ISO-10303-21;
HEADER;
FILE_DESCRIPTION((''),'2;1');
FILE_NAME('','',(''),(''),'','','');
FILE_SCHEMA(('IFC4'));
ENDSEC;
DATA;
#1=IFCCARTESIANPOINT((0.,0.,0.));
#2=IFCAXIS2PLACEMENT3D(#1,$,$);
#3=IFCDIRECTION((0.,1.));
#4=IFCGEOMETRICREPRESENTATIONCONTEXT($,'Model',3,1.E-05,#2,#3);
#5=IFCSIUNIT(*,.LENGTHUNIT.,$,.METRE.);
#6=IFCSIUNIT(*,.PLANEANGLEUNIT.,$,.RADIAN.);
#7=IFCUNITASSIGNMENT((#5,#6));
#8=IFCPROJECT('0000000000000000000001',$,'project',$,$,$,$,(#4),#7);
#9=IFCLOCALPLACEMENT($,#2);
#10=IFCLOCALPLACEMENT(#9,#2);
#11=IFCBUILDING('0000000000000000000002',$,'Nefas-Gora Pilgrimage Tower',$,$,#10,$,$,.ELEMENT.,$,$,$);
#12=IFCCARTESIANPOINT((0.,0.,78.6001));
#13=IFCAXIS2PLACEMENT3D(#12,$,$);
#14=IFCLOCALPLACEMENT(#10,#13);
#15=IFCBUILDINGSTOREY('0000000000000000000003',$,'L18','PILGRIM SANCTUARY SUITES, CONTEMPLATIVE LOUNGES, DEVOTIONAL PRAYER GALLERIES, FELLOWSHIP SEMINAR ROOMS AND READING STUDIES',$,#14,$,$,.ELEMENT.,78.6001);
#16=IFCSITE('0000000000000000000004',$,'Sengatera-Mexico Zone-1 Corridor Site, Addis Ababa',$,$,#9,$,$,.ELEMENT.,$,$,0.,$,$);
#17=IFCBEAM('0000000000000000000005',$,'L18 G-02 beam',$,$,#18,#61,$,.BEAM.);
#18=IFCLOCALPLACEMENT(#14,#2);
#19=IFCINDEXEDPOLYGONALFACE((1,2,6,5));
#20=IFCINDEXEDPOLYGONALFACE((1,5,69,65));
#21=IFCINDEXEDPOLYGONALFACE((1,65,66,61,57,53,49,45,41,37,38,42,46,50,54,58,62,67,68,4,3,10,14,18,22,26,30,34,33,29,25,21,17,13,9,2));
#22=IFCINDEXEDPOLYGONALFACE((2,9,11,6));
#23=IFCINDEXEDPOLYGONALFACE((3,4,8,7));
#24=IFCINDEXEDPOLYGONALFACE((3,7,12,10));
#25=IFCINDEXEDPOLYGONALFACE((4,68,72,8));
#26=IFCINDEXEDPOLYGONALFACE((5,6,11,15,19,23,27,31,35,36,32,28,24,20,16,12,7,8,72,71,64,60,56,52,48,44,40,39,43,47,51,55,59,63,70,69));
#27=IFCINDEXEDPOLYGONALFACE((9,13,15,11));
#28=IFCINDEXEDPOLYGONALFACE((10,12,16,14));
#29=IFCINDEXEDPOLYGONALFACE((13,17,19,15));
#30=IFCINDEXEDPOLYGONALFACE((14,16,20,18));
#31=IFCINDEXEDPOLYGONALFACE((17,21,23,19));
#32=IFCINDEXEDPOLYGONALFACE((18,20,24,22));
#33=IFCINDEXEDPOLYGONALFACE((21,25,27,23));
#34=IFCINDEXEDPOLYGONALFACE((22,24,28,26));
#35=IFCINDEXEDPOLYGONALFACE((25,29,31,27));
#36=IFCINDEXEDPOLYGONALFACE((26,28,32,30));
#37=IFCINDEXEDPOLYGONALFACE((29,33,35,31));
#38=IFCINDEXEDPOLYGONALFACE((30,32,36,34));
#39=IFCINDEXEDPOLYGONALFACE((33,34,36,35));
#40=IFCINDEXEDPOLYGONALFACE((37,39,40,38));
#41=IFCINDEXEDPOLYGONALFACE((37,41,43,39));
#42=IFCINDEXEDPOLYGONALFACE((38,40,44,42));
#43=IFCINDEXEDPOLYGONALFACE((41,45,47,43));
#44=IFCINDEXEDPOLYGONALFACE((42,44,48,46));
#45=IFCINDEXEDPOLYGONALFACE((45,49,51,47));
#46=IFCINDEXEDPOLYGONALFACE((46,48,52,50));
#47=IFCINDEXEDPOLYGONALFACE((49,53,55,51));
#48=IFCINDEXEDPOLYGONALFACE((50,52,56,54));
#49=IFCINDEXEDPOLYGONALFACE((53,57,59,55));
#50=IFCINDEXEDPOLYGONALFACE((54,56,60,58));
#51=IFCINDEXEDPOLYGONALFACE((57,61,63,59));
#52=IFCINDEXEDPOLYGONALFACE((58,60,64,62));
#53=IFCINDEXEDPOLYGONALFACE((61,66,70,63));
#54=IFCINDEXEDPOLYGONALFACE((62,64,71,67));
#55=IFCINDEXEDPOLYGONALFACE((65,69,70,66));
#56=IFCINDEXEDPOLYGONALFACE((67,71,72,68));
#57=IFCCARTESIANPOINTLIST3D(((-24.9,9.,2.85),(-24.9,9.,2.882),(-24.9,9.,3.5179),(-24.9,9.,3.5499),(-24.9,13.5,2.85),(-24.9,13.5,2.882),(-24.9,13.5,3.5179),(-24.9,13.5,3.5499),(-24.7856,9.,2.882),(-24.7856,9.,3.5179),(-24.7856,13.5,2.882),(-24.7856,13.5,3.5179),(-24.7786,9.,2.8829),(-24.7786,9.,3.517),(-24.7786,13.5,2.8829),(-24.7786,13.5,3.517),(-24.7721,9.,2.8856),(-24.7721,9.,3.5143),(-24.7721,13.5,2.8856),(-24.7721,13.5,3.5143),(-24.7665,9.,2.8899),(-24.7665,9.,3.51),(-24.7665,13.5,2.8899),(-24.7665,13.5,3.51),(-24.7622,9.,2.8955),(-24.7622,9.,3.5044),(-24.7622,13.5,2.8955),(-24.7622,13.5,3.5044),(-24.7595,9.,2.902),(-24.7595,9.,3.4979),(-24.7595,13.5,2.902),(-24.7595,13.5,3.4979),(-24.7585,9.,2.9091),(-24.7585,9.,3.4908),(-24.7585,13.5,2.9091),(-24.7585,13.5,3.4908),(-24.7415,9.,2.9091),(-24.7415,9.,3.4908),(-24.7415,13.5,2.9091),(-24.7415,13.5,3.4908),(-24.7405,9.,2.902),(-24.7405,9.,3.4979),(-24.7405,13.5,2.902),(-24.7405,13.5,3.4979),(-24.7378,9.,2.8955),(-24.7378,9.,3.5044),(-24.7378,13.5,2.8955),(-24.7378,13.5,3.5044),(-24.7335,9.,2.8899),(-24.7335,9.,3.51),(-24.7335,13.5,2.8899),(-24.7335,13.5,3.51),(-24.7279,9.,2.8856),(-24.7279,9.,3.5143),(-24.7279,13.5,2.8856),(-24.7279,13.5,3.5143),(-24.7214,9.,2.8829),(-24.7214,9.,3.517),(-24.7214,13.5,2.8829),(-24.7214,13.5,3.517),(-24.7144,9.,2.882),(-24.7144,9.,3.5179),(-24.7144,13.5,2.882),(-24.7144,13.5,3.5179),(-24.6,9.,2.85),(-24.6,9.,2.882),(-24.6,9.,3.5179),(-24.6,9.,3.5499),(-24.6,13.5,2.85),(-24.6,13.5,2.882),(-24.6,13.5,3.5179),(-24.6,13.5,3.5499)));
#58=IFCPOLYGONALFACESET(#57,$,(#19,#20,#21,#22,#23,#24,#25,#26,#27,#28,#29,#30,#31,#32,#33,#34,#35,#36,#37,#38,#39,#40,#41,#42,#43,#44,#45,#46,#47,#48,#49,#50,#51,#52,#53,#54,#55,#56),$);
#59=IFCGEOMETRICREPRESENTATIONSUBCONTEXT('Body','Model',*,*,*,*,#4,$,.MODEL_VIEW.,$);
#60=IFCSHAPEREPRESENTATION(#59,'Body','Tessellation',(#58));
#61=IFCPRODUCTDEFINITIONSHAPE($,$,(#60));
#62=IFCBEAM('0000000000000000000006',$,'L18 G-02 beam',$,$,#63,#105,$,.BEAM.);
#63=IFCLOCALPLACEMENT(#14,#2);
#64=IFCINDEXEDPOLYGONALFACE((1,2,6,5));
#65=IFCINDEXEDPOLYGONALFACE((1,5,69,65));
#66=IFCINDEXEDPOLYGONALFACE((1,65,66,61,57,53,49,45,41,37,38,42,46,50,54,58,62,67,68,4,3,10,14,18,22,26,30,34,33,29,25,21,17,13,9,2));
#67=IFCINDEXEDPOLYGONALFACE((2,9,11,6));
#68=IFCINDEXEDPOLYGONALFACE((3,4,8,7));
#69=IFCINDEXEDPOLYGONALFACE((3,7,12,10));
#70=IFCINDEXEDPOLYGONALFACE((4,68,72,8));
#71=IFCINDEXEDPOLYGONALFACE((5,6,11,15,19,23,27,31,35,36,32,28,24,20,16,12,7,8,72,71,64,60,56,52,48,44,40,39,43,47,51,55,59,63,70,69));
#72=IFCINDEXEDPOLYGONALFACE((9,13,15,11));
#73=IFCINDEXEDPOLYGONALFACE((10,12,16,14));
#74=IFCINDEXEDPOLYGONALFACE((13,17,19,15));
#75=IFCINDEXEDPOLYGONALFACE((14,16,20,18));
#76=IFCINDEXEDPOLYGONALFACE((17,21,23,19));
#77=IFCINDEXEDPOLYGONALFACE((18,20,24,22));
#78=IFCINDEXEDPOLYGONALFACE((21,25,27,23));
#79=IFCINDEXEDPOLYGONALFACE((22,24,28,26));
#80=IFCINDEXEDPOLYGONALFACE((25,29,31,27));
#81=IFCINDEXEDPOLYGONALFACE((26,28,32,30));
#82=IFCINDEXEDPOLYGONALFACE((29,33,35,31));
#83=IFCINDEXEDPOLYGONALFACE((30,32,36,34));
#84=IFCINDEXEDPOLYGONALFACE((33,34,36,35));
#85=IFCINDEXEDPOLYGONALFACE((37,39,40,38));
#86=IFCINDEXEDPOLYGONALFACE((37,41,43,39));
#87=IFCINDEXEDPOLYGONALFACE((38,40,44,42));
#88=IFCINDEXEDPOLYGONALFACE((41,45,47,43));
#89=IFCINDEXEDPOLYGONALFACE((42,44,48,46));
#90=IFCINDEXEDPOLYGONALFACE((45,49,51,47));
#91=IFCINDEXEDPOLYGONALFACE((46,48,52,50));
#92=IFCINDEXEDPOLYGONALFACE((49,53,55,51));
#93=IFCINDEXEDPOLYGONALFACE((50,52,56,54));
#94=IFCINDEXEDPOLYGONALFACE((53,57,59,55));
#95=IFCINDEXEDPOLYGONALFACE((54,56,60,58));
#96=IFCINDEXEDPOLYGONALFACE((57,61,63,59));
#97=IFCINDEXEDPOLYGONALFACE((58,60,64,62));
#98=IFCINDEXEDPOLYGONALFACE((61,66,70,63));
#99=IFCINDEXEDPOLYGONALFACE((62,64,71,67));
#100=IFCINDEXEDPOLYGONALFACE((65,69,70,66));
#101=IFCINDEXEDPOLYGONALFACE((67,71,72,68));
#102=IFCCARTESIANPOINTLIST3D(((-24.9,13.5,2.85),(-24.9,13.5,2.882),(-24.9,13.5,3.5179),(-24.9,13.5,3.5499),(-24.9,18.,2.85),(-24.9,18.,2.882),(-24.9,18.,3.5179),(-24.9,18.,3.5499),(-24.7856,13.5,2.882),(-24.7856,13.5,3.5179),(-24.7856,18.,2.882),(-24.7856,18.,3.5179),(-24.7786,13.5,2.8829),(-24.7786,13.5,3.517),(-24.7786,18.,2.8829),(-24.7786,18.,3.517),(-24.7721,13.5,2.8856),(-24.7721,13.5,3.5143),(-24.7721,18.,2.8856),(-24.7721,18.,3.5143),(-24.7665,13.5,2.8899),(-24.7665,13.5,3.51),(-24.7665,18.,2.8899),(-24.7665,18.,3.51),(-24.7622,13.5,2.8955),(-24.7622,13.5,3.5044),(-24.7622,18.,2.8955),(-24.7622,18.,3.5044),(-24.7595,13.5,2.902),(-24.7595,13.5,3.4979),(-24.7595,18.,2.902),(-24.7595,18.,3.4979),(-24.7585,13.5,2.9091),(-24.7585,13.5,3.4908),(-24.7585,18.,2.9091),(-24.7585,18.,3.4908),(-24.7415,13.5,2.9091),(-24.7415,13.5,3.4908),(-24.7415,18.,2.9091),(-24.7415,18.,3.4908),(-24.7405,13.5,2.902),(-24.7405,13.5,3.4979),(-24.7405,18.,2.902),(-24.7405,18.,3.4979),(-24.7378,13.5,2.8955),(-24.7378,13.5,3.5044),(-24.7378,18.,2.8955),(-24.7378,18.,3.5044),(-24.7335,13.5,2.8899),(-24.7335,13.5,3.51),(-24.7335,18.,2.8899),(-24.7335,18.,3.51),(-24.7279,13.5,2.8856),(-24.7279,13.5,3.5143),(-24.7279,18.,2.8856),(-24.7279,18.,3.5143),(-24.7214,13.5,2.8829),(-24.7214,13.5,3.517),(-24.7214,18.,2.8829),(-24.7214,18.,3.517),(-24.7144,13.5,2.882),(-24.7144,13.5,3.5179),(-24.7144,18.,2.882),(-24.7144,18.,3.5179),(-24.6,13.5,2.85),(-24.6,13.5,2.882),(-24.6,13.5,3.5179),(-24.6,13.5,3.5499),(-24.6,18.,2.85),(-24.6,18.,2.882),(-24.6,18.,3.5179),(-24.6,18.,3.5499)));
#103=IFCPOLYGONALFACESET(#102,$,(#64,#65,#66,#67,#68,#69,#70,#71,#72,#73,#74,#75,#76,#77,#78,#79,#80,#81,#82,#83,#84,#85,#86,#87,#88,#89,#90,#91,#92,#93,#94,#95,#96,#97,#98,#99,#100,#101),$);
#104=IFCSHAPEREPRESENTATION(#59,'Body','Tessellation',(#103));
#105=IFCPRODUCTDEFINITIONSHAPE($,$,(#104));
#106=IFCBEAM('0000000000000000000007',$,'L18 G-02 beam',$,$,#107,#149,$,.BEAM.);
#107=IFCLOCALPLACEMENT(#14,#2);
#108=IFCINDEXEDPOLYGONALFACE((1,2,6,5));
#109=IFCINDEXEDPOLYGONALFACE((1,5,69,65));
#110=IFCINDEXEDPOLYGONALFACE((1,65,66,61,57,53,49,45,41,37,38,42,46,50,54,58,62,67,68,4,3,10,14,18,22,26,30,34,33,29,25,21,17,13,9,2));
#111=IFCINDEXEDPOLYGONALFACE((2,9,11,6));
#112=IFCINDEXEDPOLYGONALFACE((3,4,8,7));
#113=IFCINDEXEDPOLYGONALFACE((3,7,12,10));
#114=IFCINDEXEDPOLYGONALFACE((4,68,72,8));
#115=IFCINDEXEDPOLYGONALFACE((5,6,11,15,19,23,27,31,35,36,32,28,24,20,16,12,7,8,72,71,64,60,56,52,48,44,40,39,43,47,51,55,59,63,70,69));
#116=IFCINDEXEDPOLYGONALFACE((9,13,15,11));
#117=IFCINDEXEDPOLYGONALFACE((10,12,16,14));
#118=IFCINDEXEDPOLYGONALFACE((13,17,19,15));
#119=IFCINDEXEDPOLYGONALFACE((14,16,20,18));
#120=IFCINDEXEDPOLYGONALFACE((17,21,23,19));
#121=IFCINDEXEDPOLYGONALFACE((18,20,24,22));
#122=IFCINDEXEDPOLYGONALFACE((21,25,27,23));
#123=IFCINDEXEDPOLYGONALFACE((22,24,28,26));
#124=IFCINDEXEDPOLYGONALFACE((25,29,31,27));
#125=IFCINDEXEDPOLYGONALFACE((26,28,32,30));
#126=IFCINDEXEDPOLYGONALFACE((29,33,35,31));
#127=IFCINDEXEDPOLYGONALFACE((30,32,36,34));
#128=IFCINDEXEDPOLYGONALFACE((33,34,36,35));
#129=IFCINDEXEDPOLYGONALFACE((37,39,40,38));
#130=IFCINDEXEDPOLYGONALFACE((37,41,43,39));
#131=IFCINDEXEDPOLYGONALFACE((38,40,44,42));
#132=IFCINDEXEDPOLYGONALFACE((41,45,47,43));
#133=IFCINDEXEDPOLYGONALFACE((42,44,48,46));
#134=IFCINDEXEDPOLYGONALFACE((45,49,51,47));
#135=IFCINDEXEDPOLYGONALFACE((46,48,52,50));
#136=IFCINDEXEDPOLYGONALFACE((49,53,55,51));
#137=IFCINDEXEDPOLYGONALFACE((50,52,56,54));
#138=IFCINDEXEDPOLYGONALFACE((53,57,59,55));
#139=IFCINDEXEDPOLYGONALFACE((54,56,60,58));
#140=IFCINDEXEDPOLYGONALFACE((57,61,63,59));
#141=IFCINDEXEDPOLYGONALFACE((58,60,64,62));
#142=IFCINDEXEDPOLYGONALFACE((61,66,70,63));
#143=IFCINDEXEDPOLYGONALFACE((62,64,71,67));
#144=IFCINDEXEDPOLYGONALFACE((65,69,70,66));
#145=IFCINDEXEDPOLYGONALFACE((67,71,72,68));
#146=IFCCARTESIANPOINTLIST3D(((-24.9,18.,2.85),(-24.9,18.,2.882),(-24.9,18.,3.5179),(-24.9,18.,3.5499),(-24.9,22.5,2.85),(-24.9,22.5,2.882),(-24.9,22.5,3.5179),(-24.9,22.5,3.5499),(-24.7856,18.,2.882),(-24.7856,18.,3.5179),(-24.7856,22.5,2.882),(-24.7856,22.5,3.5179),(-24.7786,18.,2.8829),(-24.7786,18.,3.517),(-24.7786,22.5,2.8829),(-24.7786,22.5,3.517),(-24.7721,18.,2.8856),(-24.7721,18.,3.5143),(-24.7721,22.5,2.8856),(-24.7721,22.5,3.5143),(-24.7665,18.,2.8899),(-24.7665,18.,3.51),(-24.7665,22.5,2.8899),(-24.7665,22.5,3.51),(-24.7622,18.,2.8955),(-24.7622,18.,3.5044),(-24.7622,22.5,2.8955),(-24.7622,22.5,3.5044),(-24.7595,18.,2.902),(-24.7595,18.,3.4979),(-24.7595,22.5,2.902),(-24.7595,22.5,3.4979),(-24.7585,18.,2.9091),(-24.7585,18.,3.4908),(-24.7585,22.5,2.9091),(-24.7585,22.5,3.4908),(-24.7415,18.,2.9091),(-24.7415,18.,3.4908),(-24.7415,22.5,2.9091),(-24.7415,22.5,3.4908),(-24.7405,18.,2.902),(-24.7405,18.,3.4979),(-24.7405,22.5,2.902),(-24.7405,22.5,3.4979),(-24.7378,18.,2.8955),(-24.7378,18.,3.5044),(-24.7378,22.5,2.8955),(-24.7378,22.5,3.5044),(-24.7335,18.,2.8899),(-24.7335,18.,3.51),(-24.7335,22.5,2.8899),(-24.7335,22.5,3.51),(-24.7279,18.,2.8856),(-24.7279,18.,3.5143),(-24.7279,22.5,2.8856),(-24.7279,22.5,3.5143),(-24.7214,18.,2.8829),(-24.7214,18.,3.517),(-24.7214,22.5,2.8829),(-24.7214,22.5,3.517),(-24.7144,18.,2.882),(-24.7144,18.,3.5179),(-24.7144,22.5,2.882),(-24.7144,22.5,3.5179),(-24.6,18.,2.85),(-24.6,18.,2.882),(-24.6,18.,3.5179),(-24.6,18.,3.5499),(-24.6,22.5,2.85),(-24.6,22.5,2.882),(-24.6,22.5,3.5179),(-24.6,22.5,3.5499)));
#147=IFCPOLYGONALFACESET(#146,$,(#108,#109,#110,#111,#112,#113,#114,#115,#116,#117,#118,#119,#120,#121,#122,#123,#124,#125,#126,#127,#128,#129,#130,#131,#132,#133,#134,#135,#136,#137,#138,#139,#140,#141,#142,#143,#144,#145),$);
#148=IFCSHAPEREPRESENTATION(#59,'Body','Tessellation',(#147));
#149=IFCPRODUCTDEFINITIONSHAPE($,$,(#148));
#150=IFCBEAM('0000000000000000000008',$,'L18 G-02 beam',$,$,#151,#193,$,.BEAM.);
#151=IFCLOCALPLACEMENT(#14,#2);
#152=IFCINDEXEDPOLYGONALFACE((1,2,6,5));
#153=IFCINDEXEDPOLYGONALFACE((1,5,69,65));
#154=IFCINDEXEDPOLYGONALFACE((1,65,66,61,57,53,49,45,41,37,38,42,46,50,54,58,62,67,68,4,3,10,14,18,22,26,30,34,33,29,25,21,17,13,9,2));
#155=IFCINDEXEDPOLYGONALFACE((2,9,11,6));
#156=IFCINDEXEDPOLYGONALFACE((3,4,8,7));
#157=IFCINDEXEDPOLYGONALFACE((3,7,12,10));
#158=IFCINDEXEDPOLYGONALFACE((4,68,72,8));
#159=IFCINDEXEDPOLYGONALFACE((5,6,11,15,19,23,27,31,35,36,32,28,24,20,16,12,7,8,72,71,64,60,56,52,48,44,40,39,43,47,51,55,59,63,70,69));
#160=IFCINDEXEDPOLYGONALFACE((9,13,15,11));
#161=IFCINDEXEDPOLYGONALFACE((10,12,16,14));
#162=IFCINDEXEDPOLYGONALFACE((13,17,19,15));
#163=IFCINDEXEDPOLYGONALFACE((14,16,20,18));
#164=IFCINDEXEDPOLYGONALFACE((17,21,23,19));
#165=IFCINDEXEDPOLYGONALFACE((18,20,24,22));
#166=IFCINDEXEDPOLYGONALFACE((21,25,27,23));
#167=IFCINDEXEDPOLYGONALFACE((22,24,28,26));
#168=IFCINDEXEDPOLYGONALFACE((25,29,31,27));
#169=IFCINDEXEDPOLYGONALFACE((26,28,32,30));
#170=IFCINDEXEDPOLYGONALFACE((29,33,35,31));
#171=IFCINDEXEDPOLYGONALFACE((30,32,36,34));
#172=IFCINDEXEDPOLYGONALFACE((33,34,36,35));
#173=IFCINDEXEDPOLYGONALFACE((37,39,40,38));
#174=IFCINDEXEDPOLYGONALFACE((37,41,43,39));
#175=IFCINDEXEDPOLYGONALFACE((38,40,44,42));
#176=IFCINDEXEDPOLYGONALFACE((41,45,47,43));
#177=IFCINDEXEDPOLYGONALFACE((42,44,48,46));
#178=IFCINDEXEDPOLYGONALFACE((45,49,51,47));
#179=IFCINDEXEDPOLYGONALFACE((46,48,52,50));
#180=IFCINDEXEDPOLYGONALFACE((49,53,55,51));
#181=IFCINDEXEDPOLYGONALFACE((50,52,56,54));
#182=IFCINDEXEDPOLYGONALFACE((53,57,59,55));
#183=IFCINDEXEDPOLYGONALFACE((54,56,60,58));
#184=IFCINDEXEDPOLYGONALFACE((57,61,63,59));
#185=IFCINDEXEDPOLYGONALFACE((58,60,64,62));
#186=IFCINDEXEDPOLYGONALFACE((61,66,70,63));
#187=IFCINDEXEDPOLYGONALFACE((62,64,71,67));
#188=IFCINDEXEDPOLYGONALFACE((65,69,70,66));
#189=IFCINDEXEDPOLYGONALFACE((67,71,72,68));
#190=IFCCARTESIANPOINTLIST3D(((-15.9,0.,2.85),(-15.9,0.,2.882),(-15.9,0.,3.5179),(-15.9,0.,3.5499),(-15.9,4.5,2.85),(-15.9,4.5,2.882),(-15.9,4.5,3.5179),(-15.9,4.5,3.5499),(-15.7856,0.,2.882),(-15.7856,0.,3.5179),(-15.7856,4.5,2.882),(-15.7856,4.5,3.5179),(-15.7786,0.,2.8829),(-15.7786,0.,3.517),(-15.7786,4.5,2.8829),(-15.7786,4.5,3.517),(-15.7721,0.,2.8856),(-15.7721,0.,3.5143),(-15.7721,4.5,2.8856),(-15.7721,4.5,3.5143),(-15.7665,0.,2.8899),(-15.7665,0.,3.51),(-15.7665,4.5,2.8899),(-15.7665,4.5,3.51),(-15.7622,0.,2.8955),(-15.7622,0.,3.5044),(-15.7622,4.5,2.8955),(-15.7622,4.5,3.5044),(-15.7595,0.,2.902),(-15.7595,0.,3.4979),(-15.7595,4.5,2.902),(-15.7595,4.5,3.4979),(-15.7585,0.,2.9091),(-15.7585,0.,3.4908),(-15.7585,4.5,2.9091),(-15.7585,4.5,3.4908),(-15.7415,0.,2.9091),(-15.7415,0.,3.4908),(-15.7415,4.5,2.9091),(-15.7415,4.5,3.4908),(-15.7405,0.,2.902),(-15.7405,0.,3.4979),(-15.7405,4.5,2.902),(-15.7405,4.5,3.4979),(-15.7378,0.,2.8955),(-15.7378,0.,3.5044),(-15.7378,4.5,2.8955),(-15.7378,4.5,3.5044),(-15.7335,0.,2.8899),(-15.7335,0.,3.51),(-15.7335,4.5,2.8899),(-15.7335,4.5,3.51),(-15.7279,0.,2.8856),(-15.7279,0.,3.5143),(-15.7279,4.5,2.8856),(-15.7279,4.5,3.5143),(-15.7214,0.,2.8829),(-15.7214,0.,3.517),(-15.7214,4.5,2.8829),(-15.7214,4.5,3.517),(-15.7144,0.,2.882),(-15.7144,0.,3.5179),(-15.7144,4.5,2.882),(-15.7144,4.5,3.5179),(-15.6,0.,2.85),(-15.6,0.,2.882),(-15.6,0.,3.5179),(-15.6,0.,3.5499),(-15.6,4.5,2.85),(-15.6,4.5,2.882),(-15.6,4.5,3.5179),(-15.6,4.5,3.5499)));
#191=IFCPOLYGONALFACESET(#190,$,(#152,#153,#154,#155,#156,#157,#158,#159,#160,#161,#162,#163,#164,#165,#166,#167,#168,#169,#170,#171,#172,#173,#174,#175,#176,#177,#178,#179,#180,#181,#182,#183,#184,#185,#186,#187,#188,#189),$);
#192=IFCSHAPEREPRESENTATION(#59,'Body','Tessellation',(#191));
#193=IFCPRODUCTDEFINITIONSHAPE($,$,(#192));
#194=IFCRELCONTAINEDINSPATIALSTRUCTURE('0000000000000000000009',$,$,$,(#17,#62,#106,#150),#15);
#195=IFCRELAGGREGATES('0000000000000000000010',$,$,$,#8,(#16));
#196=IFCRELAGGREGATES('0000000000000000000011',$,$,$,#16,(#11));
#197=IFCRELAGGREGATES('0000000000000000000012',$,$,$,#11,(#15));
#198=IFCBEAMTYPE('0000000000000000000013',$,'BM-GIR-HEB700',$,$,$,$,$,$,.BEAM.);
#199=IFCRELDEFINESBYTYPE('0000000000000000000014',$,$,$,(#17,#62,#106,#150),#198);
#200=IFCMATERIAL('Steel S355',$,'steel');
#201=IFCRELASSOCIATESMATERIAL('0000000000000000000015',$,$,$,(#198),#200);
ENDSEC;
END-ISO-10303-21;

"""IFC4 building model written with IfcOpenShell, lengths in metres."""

from ifc_helpers import new_model, si_unit, direction, frame, origin, origin_2d, place, context, subcontext, project, spatial, i_section, extrude, source, transform, mapped, material, material_profile, profile_set, type_object, element, save


model = new_model("IFC4")

# Units and contexts
model_context = context("Model", 3, precision=1e-05, world=origin(), true_north=direction((0.0, 1.0)))
body_context = subcontext(model_context, "Body", "Model", "MODEL_VIEW")
ifc_project = project(units=[si_unit("LENGTHUNIT", "METRE"), si_unit("PLANEANGLEUNIT", "RADIAN")], contexts=[model_context])

# Site, building, storey
site_placement = place(None, origin())
site = spatial("IfcSite", under=ifc_project, at=site_placement, Name="Sengatera-Mexico Zone-1 Corridor Site, Addis Ababa", CompositionType="ELEMENT", RefElevation=0.0)
building_placement = place(site_placement, origin())
building = spatial("IfcBuilding", under=site, at=building_placement, Name="Nefas-Gora Pilgrimage Tower", CompositionType="ELEMENT")
storey_placement = place(building_placement, frame((0.0, 0.0, 78.6001)))
storey = spatial("IfcBuildingStorey", under=building, at=storey_placement, Name="L18", Description="PILGRIM SANCTUARY SUITES, CONTEMPLATIVE LOUNGES, DEVOTIONAL PRAYER GALLERIES, FELLOWSHIP SEMINAR ROOMS AND READING STUDIES", CompositionType="ELEMENT", Elevation=78.6001)

# Beams
ifc_material_1 = material(Name="Steel S355", Category="steel")
ifc_material_profile_1 = material_profile(ifc_material_1, i_section(OverallWidth=0.3, OverallDepth=0.7, WebThickness=0.0171, FlangeThickness=0.032, FilletRadius=0.0271, at=origin_2d()), Name="HEB 700")
ifc_profile_set_1 = profile_set([ifc_material_profile_1], Name="Steel S355")
beam_type_1 = type_object("IfcBeamType", Name="BM-GIR-HEB700", PredefinedType="BEAM", material=ifc_profile_set_1)
shared_shape_1 = source(origin(), body_context, "Body", "SweptSolid", [
    extrude(i_section(OverallWidth=0.3, OverallDepth=0.7, WebThickness=0.0171, FlangeThickness=0.032, FilletRadius=0.0271, at=origin_2d()), origin(), (0.0, 0.0, 1.0), 4.5),
])
for number, where, z_axis, x_axis, name in (
    (1, (-24.75, 9.0, 3.2), (0.0, 1.0, 0.0), (-1.0, 0.0, 0.0), "L18 G-02 beam"),
    (2, (-24.75, 13.5, 3.2), (0.0, 1.0, 0.0), (-1.0, 0.0, 0.0), "L18 G-02 beam"),
    (3, (-24.75, 18.0, 3.2), (0.0, 1.0, 0.0), (-1.0, 0.0, 0.0), "L18 G-02 beam"),
    (4, (-15.75, 0.0, 3.2), (0.0, 1.0, 0.0), (-1.0, 0.0, 0.0), "L18 G-02 beam"),
):
    element("IfcBeam", number, at=place(storey_placement, frame(where, z_axis=z_axis, x_axis=x_axis)), inside=storey, type_object=beam_type_1, Name=name, PredefinedType="BEAM", context=body_context, shape_type="MappedRepresentation", body=[
        mapped(shared_shape_1, transform((0.0, 0.0, 0.0), x_axis=(1.0, 0.0, 0.0), y_axis=(0.0, 1.0, 0.0), z_axis=(0.0, 0.0, 1.0), scale=1.0)),
    ])

save(model, "model.ifc")
